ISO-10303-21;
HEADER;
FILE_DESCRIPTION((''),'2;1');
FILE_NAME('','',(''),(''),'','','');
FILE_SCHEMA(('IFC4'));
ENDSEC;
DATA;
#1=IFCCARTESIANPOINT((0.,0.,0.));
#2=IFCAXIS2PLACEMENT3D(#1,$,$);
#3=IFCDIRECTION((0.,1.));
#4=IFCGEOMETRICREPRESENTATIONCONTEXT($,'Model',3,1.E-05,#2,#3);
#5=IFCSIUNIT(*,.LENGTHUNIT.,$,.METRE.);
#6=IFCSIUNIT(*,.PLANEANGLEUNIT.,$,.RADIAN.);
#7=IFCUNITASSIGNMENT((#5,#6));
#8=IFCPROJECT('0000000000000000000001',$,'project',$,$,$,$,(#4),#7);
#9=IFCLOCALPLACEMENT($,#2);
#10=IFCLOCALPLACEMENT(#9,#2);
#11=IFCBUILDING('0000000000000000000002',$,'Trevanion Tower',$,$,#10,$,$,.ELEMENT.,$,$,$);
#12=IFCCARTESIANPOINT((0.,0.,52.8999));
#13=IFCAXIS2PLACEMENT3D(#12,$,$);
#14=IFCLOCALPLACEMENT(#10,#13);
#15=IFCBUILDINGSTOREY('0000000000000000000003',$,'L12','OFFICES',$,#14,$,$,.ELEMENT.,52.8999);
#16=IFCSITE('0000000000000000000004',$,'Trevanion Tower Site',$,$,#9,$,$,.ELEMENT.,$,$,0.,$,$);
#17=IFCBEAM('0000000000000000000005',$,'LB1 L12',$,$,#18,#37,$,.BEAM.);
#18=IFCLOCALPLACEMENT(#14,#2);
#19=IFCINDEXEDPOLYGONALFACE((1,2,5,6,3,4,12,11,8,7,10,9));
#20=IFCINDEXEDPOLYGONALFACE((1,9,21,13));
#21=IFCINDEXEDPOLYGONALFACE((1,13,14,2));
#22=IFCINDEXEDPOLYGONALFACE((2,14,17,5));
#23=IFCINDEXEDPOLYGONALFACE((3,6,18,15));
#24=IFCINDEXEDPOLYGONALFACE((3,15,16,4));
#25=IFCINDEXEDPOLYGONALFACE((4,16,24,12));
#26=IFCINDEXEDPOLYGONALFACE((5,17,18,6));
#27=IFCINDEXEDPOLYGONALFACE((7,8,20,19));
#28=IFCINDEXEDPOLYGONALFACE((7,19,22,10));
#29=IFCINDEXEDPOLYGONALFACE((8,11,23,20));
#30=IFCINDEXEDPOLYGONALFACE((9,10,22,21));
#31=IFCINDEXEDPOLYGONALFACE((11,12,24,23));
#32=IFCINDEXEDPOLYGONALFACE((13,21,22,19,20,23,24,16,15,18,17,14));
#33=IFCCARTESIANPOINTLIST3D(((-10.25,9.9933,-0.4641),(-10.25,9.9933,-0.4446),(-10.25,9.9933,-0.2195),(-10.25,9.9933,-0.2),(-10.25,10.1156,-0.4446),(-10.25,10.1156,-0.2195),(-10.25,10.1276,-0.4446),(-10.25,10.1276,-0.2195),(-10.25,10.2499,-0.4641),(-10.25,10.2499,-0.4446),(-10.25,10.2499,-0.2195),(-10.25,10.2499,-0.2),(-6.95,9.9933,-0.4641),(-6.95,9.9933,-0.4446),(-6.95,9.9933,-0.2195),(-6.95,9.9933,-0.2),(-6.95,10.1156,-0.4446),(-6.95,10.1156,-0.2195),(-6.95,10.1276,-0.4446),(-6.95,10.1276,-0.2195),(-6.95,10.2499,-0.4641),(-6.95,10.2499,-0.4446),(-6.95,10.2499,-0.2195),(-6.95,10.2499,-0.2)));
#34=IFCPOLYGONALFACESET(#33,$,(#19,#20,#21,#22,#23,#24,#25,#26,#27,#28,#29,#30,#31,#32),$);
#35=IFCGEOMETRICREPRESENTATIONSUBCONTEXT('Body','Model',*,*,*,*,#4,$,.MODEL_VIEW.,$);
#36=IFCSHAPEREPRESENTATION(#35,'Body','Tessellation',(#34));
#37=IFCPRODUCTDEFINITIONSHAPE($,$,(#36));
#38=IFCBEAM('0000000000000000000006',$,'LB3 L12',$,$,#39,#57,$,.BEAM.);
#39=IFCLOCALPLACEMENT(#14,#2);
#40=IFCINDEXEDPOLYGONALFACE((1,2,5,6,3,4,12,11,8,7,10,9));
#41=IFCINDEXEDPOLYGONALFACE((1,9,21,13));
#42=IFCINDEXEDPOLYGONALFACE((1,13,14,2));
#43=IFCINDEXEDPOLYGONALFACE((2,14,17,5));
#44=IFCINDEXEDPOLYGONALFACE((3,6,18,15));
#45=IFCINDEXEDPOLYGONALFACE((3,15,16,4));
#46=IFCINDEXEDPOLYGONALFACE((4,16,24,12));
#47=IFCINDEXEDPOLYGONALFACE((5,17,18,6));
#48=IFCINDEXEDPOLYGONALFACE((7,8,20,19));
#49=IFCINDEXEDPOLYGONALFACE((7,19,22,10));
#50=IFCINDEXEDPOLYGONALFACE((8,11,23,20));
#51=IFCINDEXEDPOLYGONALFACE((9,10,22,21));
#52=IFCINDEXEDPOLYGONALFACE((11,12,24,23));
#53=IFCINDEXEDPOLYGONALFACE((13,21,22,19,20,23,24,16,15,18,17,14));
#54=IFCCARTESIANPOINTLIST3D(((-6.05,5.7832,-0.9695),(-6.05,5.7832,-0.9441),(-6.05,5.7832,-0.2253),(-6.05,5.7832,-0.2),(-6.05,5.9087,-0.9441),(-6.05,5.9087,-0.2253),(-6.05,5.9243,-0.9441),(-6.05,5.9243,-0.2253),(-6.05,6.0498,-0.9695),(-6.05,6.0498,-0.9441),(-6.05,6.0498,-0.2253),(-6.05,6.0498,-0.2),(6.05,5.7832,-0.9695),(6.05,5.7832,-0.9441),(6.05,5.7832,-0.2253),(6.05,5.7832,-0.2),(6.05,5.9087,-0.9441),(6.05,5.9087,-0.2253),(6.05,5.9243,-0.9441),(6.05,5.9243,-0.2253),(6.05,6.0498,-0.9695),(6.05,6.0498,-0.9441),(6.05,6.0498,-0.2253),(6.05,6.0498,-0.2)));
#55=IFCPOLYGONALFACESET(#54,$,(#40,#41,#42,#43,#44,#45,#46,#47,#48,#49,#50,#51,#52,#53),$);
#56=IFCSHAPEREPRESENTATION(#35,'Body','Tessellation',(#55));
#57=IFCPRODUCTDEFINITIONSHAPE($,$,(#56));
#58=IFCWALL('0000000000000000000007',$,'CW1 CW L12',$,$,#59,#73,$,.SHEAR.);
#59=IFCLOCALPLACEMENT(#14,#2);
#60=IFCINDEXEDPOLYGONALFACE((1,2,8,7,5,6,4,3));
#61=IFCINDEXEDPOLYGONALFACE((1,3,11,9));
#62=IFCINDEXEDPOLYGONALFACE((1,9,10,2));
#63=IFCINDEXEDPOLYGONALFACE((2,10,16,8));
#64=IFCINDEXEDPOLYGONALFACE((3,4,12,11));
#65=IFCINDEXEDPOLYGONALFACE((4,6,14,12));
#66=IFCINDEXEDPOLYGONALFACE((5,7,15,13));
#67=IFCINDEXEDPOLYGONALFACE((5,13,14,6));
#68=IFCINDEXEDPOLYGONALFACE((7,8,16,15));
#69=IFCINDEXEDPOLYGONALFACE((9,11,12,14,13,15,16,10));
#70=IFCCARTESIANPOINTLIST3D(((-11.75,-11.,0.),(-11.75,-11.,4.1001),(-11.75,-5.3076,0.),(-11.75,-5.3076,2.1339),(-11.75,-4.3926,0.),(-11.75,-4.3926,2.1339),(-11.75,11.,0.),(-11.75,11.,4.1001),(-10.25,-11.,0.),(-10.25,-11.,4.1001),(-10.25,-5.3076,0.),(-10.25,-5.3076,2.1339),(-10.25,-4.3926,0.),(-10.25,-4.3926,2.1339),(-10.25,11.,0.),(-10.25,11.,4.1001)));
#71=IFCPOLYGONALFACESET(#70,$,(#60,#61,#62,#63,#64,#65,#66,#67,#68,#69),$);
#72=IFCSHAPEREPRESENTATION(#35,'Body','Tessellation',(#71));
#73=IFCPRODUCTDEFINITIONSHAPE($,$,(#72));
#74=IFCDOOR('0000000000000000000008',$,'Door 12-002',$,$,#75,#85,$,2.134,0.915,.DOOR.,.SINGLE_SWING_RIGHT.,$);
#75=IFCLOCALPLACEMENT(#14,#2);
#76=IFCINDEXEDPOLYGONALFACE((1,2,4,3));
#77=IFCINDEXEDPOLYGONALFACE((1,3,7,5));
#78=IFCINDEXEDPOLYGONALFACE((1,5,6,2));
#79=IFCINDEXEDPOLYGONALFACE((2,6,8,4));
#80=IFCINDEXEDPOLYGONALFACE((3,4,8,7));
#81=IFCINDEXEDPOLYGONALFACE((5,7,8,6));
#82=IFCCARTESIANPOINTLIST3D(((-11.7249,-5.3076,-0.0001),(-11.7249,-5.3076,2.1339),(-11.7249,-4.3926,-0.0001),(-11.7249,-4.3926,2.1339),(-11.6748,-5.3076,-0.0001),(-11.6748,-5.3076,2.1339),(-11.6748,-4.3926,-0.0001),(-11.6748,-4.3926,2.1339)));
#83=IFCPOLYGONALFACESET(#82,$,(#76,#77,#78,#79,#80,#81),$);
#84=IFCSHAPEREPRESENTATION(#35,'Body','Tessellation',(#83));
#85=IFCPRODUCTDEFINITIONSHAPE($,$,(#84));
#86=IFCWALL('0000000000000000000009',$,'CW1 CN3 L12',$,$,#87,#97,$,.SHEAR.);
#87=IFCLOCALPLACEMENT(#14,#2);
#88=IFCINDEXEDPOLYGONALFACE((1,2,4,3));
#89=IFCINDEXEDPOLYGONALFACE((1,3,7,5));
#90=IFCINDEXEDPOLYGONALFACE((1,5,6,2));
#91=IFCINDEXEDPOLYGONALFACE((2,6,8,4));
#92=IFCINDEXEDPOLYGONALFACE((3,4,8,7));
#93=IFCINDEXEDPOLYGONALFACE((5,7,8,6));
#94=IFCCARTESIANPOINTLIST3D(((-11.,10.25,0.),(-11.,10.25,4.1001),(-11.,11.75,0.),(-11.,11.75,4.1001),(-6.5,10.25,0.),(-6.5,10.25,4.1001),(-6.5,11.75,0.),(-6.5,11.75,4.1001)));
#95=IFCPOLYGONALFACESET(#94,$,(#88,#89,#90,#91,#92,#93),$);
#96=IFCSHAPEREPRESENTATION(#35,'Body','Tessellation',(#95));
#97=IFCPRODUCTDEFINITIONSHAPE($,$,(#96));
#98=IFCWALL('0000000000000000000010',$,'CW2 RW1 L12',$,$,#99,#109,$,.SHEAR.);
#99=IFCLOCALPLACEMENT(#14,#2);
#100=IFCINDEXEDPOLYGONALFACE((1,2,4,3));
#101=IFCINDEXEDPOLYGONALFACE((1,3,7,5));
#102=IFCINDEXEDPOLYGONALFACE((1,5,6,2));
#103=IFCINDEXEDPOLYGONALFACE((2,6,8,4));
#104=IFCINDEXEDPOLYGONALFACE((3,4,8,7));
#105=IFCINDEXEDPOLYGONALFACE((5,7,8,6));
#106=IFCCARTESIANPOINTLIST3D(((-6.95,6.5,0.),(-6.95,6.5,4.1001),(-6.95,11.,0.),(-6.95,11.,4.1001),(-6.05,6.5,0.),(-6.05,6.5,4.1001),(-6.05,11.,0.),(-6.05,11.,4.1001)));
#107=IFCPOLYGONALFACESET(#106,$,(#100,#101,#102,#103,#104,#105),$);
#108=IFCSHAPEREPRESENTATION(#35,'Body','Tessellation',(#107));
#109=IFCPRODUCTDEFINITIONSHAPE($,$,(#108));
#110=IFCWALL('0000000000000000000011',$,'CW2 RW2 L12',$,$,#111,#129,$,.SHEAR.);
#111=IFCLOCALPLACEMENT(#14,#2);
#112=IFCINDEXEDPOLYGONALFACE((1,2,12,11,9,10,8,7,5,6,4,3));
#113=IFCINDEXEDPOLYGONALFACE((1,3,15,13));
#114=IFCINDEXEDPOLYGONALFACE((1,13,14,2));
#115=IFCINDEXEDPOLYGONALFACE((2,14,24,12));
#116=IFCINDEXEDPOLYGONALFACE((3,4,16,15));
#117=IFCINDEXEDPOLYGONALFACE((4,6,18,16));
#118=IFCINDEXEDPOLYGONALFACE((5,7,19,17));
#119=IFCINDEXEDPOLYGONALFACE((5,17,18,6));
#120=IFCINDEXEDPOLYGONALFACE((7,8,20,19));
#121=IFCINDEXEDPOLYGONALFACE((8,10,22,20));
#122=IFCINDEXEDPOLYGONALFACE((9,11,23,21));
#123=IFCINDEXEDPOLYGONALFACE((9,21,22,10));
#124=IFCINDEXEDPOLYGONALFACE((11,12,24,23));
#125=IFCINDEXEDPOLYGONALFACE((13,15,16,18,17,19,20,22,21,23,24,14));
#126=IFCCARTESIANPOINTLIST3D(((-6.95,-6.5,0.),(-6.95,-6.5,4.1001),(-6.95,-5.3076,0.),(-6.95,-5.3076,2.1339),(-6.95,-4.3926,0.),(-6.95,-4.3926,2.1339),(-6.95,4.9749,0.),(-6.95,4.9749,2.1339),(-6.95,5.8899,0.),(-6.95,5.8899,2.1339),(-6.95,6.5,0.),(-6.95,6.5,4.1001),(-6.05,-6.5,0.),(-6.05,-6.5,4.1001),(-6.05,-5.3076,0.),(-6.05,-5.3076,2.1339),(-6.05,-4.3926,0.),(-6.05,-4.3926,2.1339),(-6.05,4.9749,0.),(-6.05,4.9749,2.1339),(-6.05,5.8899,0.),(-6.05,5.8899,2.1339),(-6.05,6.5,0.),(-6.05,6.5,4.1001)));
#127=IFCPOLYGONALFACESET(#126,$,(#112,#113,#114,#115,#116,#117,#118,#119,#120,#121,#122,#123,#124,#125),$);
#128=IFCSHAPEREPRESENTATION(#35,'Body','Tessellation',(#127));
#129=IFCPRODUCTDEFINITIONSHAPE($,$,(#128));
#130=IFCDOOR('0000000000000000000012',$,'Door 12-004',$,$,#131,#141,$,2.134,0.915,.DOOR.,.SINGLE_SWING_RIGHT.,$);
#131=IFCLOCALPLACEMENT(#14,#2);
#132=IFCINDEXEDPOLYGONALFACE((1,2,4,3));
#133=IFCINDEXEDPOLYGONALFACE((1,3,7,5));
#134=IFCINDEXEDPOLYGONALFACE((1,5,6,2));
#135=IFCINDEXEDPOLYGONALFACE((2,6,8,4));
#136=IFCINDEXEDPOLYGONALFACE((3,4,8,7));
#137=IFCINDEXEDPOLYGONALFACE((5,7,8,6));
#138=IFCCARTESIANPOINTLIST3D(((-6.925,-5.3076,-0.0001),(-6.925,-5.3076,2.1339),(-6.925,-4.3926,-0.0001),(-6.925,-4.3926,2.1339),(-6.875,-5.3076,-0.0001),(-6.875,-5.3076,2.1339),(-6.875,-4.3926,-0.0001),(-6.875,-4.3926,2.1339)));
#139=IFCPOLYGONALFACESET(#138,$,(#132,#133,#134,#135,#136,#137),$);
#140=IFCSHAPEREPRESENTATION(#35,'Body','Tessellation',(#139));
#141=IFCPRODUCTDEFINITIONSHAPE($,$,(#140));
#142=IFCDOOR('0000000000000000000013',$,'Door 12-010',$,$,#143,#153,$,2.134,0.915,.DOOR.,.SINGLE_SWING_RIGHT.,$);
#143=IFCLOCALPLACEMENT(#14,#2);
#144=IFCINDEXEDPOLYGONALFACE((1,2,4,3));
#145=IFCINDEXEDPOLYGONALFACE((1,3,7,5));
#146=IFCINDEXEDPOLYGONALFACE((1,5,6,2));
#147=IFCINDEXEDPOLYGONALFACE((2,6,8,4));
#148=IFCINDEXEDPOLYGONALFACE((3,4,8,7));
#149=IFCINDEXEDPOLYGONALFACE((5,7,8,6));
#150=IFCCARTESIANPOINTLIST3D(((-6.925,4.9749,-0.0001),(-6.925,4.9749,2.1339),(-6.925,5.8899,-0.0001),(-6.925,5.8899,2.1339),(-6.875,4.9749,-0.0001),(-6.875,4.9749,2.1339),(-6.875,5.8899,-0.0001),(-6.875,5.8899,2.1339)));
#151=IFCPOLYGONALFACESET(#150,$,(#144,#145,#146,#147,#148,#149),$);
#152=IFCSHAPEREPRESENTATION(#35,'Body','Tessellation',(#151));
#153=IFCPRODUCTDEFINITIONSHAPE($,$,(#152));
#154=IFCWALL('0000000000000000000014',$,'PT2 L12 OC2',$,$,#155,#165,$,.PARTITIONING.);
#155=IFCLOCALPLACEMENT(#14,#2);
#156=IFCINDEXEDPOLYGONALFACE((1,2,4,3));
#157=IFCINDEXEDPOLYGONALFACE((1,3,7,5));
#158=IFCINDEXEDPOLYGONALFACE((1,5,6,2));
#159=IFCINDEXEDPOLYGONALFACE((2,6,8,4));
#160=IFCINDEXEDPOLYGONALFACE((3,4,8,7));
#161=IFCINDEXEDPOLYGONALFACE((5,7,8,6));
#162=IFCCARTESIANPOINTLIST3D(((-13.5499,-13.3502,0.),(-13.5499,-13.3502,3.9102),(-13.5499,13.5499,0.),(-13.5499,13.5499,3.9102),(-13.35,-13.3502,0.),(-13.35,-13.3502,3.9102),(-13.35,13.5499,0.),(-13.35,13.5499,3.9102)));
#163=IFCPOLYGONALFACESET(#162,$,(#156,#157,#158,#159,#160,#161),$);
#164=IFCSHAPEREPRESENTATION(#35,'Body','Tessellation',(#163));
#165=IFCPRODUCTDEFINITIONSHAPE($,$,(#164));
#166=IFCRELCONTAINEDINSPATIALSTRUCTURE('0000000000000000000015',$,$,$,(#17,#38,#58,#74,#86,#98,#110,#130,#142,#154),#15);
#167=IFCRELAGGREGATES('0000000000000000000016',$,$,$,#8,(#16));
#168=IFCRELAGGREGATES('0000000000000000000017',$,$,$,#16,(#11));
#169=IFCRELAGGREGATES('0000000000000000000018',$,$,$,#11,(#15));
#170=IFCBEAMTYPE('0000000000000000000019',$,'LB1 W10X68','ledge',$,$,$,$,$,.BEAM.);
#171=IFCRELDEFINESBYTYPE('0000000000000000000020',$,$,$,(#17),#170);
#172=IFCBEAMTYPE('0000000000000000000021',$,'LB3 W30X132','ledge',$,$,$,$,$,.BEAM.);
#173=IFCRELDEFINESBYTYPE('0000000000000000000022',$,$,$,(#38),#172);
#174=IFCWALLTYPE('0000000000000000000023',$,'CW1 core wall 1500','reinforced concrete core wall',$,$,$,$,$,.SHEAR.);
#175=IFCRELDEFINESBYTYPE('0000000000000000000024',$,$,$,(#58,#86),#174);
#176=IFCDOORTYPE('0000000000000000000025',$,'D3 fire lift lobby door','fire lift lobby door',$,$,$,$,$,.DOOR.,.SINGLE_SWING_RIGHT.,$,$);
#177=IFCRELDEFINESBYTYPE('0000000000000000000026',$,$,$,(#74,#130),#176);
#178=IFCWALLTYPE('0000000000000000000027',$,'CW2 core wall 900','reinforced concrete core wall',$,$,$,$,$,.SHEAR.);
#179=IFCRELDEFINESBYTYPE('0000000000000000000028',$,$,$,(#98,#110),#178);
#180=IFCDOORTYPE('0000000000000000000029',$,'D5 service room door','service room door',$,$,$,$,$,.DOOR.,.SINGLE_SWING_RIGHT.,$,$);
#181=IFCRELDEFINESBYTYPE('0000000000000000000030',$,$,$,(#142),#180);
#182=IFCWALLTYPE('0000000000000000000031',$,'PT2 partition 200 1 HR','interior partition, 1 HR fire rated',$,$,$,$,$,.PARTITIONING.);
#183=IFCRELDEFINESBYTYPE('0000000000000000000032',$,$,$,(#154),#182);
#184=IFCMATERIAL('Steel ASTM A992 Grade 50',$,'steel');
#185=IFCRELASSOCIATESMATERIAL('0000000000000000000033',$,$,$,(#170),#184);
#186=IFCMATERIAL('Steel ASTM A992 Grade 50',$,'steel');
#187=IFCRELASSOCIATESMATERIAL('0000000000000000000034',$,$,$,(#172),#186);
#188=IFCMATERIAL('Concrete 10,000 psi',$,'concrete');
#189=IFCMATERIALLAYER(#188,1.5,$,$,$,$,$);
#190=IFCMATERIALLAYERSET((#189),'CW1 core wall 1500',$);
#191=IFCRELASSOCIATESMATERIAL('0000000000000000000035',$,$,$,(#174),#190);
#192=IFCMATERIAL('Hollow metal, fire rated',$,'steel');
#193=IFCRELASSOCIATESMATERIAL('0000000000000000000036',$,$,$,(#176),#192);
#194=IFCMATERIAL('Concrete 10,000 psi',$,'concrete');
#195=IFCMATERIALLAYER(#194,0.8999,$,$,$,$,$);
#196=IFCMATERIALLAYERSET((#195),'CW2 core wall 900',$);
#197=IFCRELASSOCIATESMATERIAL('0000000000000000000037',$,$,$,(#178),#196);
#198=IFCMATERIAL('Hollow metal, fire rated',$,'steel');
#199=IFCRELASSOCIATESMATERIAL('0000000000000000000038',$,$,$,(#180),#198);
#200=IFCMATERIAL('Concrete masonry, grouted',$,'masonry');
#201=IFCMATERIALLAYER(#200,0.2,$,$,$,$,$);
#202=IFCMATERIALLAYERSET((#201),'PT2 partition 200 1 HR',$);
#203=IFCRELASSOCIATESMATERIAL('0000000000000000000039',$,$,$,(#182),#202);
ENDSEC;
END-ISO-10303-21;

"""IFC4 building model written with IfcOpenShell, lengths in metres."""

from ifc_helpers import new_model, si_unit, direction, frame, frame_2d, origin, origin_2d, place, context, subcontext, project, spatial, rectangle, i_section, extrude, material, layer, layer_set, material_profile, profile_set, type_object, element, fill, save


model = new_model("IFC4")

# Units and contexts
model_context = context("Model", 3, precision=1e-05, world=origin(), true_north=direction((0.0, 1.0)))
body_context = subcontext(model_context, "Body", "Model", "MODEL_VIEW")
ifc_project = project(units=[si_unit("LENGTHUNIT", "METRE"), si_unit("PLANEANGLEUNIT", "RADIAN")], contexts=[model_context])

# Site, building, storey
site_placement = place(None, origin())
site = spatial("IfcSite", under=ifc_project, at=site_placement, Name="Trevanion Tower Site", CompositionType="ELEMENT", RefElevation=0.0)
building_placement = place(site_placement, origin())
building = spatial("IfcBuilding", under=site, at=building_placement, Name="Trevanion Tower", CompositionType="ELEMENT")
storey_placement = place(building_placement, frame((0.0, 0.0, 52.8999)))
storey = spatial("IfcBuildingStorey", under=building, at=storey_placement, Name="L12", Description="OFFICES", CompositionType="ELEMENT", Elevation=52.8999)

# Beams
ifc_material_1 = material(Name="Steel ASTM A992 Grade 50", Category="steel")
ifc_material_profile_1 = material_profile(ifc_material_1, i_section(OverallWidth=0.2566, OverallDepth=0.2642, WebThickness=0.012, FlangeThickness=0.0195, at=origin_2d()), Name="W10X68")
ifc_profile_set_1 = profile_set([ifc_material_profile_1], Name="Steel ASTM A992 Grade 50")
beam_type_1 = type_object("IfcBeamType", Name="LB1 W10X68", Description="ledge", PredefinedType="BEAM", material=ifc_profile_set_1)
beam_1_placement = place(storey_placement, frame((-10.25, 10.1216, -0.332), z_axis=(1.0, 0.0, 0.0), x_axis=(0.0, 1.0, 0.0)))
element("IfcBeam", 1, at=beam_1_placement, inside=storey, type_object=beam_type_1, Name="LB1 L12", PredefinedType="BEAM", context=body_context, shape_type="SweptSolid", body=[
    extrude(i_section(OverallWidth=0.2566, OverallDepth=0.2642, WebThickness=0.012, FlangeThickness=0.0195, at=origin_2d()), origin(), (0.0, 0.0, 1.0), 3.3),
])
ifc_material_2 = material(Name="Steel ASTM A992 Grade 50", Category="steel")
ifc_material_profile_2 = material_profile(ifc_material_2, i_section(OverallWidth=0.2666, OverallDepth=0.7695, WebThickness=0.0156, FlangeThickness=0.0254, at=origin_2d()), Name="W30X132")
ifc_profile_set_2 = profile_set([ifc_material_profile_2], Name="Steel ASTM A992 Grade 50")
beam_type_2 = type_object("IfcBeamType", Name="LB3 W30X132", Description="ledge", PredefinedType="BEAM", material=ifc_profile_set_2)
beam_2_placement = place(storey_placement, frame((-6.05, 5.9165, -0.5847), z_axis=(1.0, 0.0, 0.0), x_axis=(0.0, 1.0, 0.0)))
element("IfcBeam", 2, at=beam_2_placement, inside=storey, type_object=beam_type_2, Name="LB3 L12", PredefinedType="BEAM", context=body_context, shape_type="SweptSolid", body=[
    extrude(i_section(OverallWidth=0.2666, OverallDepth=0.7695, WebThickness=0.0156, FlangeThickness=0.0254, at=origin_2d()), origin(), (0.0, 0.0, 1.0), 12.1001),
])

# Wall, opening, door
ifc_material_3 = material(Name="Concrete 10,000 psi", Category="concrete")
ifc_layer_1 = layer(ifc_material_3, 1.5)
ifc_layer_set_1 = layer_set([ifc_layer_1], Name="CW1 core wall 1500")
wall_type_1 = type_object("IfcWallType", Name="CW1 core wall 1500", Description="reinforced concrete core wall", PredefinedType="SHEAR", material=ifc_layer_set_1)
wall_1_placement = place(storey_placement, frame((-11.0, 11.0, 0.0), z_axis=(0.0, 0.0, 1.0), x_axis=(0.0, -1.0, 0.0)))
wall_1 = element("IfcWall", 3, at=wall_1_placement, inside=storey, type_object=wall_type_1, Name="CW1 CW L12", PredefinedType="SHEAR", context=body_context, shape_type="SweptSolid", body=[
    extrude(rectangle(XDim=22.0, YDim=1.5, at=frame_2d((11.0, 0.0))), origin(), (0.0, 0.0, 1.0), 4.1001),
])
opening_1_placement = place(wall_1_placement, frame((15.3926, 0.0, 0.0)))
opening_1 = element("IfcOpeningElement", 4, at=opening_1_placement, cuts=wall_1, PredefinedType="OPENING", context=body_context, shape_type="SweptSolid", body=[
    extrude(rectangle(XDim=0.915, YDim=2.134, at=frame_2d((0.4575, 1.0669))), frame((0.0, 0.76, 0.0), z_axis=(0.0, -1.0, 0.0), x_axis=(1.0, 0.0, 0.0)), (0.0, 0.0, 1.0), 1.52),
])
ifc_material_4 = material(Name="Hollow metal, fire rated", Category="steel")
door_type_1 = type_object("IfcDoorType", Name="D3 fire lift lobby door", Description="fire lift lobby door", OperationType="SINGLE_SWING_RIGHT", PredefinedType="DOOR", material=ifc_material_4)
door_1_placement = place(opening_1_placement, origin())
door_1 = element("IfcDoor", 5, at=door_1_placement, inside=storey, type_object=door_type_1, Name="Door 12-002", OperationType="SINGLE_SWING_RIGHT", OverallHeight=2.134, OverallWidth=0.915, PredefinedType="DOOR", context=body_context, shape_type="SweptSolid", body=[
    extrude(rectangle(XDim=0.915, YDim=2.134, at=frame_2d((0.4575, 1.0669))), frame((0.0, -0.6748, 0.0), z_axis=(0.0, -1.0, 0.0), x_axis=(1.0, 0.0, 0.0)), (0.0, 0.0, 1.0), 0.05),
])
fill(opening_1, door_1)

# Walls
wall_2_placement = place(storey_placement, frame((-6.5, 11.0, 0.0), z_axis=(0.0, 0.0, 1.0), x_axis=(-1.0, 0.0, 0.0)))
element("IfcWall", 6, at=wall_2_placement, inside=storey, type_object=wall_type_1, Name="CW1 CN3 L12", PredefinedType="SHEAR", context=body_context, shape_type="SweptSolid", body=[
    extrude(rectangle(XDim=4.5, YDim=1.5, at=frame_2d((2.25, 0.0))), origin(), (0.0, 0.0, 1.0), 4.1001),
])
ifc_material_5 = material(Name="Concrete 10,000 psi", Category="concrete")
ifc_layer_2 = layer(ifc_material_5, 0.8999)
ifc_layer_set_2 = layer_set([ifc_layer_2], Name="CW2 core wall 900")
wall_type_2 = type_object("IfcWallType", Name="CW2 core wall 900", Description="reinforced concrete core wall", PredefinedType="SHEAR", material=ifc_layer_set_2)
wall_3_placement = place(storey_placement, frame((-6.5, 11.0, 0.0), z_axis=(0.0, 0.0, 1.0), x_axis=(0.0, -1.0, 0.0)))
element("IfcWall", 7, at=wall_3_placement, inside=storey, type_object=wall_type_2, Name="CW2 RW1 L12", PredefinedType="SHEAR", context=body_context, shape_type="SweptSolid", body=[
    extrude(rectangle(XDim=4.5, YDim=0.8999, at=frame_2d((2.25, 0.0))), origin(), (0.0, 0.0, 1.0), 4.1001),
])

# Wall, openings, doors
wall_4_placement = place(storey_placement, frame((-6.5, 6.5, 0.0), z_axis=(0.0, 0.0, 1.0), x_axis=(0.0, -1.0, 0.0)))
wall_4 = element("IfcWall", 8, at=wall_4_placement, inside=storey, type_object=wall_type_2, Name="CW2 RW2 L12", PredefinedType="SHEAR", context=body_context, shape_type="SweptSolid", body=[
    extrude(rectangle(XDim=13.0, YDim=0.8999, at=frame_2d((6.5, 0.0))), origin(), (0.0, 0.0, 1.0), 4.1001),
])
opening_2_placement = place(wall_4_placement, frame((10.8926, 0.0, 0.0)))
opening_2 = element("IfcOpeningElement", 9, at=opening_2_placement, cuts=wall_4, PredefinedType="OPENING", context=body_context, shape_type="SweptSolid", body=[
    extrude(rectangle(XDim=0.915, YDim=2.134, at=frame_2d((0.4575, 1.0669))), frame((0.0, 0.46, 0.0), z_axis=(0.0, -1.0, 0.0), x_axis=(1.0, 0.0, 0.0)), (0.0, 0.0, 1.0), 0.9199),
])
opening_3_placement = place(wall_4_placement, frame((0.6101, 0.0, 0.0)))
opening_3 = element("IfcOpeningElement", 10, at=opening_3_placement, cuts=wall_4, PredefinedType="OPENING", context=body_context, shape_type="SweptSolid", body=[
    extrude(rectangle(XDim=0.915, YDim=2.134, at=frame_2d((0.4575, 1.0669))), frame((0.0, 0.46, 0.0), z_axis=(0.0, -1.0, 0.0), x_axis=(1.0, 0.0, 0.0)), (0.0, 0.0, 1.0), 0.9199),
])
door_2_placement = place(opening_2_placement, origin())
door_2 = element("IfcDoor", 11, at=door_2_placement, inside=storey, type_object=door_type_1, Name="Door 12-004", OperationType="SINGLE_SWING_RIGHT", OverallHeight=2.134, OverallWidth=0.915, PredefinedType="DOOR", context=body_context, shape_type="SweptSolid", body=[
    extrude(rectangle(XDim=0.915, YDim=2.134, at=frame_2d((0.4575, 1.0669))), frame((0.0, -0.375, 0.0), z_axis=(0.0, -1.0, 0.0), x_axis=(1.0, 0.0, 0.0)), (0.0, 0.0, 1.0), 0.05),
])
fill(opening_2, door_2)
ifc_material_6 = material(Name="Hollow metal, fire rated", Category="steel")
door_type_2 = type_object("IfcDoorType", Name="D5 service room door", Description="service room door", OperationType="SINGLE_SWING_RIGHT", PredefinedType="DOOR", material=ifc_material_6)
door_3_placement = place(opening_3_placement, origin())
door_3 = element("IfcDoor", 12, at=door_3_placement, inside=storey, type_object=door_type_2, Name="Door 12-010", OperationType="SINGLE_SWING_RIGHT", OverallHeight=2.134, OverallWidth=0.915, PredefinedType="DOOR", context=body_context, shape_type="SweptSolid", body=[
    extrude(rectangle(XDim=0.915, YDim=2.134, at=frame_2d((0.4575, 1.0669))), frame((0.0, -0.375, 0.0), z_axis=(0.0, -1.0, 0.0), x_axis=(1.0, 0.0, 0.0)), (0.0, 0.0, 1.0), 0.05),
])
fill(opening_3, door_3)

# Wall
ifc_material_7 = material(Name="Concrete masonry, grouted", Category="masonry")
ifc_layer_3 = layer(ifc_material_7, 0.2)
ifc_layer_set_3 = layer_set([ifc_layer_3], Name="PT2 partition 200 1 HR")
wall_type_3 = type_object("IfcWallType", Name="PT2 partition 200 1 HR", Description="interior partition, 1 HR fire rated", PredefinedType="PARTITIONING", material=ifc_layer_set_3)
wall_5_placement = place(storey_placement, frame((-13.45, 13.55, 0.0), z_axis=(0.0, 0.0, 1.0), x_axis=(0.0, -1.0, 0.0)))
element("IfcWall", 13, at=wall_5_placement, inside=storey, type_object=wall_type_3, Name="PT2 L12 OC2", PredefinedType="PARTITIONING", context=body_context, shape_type="SweptSolid", body=[
    extrude(rectangle(XDim=26.9001, YDim=0.2, at=frame_2d((13.4502, 0.0))), origin(), (0.0, 0.0, 1.0), 3.9102),
])

save(model, "model.ifc")
